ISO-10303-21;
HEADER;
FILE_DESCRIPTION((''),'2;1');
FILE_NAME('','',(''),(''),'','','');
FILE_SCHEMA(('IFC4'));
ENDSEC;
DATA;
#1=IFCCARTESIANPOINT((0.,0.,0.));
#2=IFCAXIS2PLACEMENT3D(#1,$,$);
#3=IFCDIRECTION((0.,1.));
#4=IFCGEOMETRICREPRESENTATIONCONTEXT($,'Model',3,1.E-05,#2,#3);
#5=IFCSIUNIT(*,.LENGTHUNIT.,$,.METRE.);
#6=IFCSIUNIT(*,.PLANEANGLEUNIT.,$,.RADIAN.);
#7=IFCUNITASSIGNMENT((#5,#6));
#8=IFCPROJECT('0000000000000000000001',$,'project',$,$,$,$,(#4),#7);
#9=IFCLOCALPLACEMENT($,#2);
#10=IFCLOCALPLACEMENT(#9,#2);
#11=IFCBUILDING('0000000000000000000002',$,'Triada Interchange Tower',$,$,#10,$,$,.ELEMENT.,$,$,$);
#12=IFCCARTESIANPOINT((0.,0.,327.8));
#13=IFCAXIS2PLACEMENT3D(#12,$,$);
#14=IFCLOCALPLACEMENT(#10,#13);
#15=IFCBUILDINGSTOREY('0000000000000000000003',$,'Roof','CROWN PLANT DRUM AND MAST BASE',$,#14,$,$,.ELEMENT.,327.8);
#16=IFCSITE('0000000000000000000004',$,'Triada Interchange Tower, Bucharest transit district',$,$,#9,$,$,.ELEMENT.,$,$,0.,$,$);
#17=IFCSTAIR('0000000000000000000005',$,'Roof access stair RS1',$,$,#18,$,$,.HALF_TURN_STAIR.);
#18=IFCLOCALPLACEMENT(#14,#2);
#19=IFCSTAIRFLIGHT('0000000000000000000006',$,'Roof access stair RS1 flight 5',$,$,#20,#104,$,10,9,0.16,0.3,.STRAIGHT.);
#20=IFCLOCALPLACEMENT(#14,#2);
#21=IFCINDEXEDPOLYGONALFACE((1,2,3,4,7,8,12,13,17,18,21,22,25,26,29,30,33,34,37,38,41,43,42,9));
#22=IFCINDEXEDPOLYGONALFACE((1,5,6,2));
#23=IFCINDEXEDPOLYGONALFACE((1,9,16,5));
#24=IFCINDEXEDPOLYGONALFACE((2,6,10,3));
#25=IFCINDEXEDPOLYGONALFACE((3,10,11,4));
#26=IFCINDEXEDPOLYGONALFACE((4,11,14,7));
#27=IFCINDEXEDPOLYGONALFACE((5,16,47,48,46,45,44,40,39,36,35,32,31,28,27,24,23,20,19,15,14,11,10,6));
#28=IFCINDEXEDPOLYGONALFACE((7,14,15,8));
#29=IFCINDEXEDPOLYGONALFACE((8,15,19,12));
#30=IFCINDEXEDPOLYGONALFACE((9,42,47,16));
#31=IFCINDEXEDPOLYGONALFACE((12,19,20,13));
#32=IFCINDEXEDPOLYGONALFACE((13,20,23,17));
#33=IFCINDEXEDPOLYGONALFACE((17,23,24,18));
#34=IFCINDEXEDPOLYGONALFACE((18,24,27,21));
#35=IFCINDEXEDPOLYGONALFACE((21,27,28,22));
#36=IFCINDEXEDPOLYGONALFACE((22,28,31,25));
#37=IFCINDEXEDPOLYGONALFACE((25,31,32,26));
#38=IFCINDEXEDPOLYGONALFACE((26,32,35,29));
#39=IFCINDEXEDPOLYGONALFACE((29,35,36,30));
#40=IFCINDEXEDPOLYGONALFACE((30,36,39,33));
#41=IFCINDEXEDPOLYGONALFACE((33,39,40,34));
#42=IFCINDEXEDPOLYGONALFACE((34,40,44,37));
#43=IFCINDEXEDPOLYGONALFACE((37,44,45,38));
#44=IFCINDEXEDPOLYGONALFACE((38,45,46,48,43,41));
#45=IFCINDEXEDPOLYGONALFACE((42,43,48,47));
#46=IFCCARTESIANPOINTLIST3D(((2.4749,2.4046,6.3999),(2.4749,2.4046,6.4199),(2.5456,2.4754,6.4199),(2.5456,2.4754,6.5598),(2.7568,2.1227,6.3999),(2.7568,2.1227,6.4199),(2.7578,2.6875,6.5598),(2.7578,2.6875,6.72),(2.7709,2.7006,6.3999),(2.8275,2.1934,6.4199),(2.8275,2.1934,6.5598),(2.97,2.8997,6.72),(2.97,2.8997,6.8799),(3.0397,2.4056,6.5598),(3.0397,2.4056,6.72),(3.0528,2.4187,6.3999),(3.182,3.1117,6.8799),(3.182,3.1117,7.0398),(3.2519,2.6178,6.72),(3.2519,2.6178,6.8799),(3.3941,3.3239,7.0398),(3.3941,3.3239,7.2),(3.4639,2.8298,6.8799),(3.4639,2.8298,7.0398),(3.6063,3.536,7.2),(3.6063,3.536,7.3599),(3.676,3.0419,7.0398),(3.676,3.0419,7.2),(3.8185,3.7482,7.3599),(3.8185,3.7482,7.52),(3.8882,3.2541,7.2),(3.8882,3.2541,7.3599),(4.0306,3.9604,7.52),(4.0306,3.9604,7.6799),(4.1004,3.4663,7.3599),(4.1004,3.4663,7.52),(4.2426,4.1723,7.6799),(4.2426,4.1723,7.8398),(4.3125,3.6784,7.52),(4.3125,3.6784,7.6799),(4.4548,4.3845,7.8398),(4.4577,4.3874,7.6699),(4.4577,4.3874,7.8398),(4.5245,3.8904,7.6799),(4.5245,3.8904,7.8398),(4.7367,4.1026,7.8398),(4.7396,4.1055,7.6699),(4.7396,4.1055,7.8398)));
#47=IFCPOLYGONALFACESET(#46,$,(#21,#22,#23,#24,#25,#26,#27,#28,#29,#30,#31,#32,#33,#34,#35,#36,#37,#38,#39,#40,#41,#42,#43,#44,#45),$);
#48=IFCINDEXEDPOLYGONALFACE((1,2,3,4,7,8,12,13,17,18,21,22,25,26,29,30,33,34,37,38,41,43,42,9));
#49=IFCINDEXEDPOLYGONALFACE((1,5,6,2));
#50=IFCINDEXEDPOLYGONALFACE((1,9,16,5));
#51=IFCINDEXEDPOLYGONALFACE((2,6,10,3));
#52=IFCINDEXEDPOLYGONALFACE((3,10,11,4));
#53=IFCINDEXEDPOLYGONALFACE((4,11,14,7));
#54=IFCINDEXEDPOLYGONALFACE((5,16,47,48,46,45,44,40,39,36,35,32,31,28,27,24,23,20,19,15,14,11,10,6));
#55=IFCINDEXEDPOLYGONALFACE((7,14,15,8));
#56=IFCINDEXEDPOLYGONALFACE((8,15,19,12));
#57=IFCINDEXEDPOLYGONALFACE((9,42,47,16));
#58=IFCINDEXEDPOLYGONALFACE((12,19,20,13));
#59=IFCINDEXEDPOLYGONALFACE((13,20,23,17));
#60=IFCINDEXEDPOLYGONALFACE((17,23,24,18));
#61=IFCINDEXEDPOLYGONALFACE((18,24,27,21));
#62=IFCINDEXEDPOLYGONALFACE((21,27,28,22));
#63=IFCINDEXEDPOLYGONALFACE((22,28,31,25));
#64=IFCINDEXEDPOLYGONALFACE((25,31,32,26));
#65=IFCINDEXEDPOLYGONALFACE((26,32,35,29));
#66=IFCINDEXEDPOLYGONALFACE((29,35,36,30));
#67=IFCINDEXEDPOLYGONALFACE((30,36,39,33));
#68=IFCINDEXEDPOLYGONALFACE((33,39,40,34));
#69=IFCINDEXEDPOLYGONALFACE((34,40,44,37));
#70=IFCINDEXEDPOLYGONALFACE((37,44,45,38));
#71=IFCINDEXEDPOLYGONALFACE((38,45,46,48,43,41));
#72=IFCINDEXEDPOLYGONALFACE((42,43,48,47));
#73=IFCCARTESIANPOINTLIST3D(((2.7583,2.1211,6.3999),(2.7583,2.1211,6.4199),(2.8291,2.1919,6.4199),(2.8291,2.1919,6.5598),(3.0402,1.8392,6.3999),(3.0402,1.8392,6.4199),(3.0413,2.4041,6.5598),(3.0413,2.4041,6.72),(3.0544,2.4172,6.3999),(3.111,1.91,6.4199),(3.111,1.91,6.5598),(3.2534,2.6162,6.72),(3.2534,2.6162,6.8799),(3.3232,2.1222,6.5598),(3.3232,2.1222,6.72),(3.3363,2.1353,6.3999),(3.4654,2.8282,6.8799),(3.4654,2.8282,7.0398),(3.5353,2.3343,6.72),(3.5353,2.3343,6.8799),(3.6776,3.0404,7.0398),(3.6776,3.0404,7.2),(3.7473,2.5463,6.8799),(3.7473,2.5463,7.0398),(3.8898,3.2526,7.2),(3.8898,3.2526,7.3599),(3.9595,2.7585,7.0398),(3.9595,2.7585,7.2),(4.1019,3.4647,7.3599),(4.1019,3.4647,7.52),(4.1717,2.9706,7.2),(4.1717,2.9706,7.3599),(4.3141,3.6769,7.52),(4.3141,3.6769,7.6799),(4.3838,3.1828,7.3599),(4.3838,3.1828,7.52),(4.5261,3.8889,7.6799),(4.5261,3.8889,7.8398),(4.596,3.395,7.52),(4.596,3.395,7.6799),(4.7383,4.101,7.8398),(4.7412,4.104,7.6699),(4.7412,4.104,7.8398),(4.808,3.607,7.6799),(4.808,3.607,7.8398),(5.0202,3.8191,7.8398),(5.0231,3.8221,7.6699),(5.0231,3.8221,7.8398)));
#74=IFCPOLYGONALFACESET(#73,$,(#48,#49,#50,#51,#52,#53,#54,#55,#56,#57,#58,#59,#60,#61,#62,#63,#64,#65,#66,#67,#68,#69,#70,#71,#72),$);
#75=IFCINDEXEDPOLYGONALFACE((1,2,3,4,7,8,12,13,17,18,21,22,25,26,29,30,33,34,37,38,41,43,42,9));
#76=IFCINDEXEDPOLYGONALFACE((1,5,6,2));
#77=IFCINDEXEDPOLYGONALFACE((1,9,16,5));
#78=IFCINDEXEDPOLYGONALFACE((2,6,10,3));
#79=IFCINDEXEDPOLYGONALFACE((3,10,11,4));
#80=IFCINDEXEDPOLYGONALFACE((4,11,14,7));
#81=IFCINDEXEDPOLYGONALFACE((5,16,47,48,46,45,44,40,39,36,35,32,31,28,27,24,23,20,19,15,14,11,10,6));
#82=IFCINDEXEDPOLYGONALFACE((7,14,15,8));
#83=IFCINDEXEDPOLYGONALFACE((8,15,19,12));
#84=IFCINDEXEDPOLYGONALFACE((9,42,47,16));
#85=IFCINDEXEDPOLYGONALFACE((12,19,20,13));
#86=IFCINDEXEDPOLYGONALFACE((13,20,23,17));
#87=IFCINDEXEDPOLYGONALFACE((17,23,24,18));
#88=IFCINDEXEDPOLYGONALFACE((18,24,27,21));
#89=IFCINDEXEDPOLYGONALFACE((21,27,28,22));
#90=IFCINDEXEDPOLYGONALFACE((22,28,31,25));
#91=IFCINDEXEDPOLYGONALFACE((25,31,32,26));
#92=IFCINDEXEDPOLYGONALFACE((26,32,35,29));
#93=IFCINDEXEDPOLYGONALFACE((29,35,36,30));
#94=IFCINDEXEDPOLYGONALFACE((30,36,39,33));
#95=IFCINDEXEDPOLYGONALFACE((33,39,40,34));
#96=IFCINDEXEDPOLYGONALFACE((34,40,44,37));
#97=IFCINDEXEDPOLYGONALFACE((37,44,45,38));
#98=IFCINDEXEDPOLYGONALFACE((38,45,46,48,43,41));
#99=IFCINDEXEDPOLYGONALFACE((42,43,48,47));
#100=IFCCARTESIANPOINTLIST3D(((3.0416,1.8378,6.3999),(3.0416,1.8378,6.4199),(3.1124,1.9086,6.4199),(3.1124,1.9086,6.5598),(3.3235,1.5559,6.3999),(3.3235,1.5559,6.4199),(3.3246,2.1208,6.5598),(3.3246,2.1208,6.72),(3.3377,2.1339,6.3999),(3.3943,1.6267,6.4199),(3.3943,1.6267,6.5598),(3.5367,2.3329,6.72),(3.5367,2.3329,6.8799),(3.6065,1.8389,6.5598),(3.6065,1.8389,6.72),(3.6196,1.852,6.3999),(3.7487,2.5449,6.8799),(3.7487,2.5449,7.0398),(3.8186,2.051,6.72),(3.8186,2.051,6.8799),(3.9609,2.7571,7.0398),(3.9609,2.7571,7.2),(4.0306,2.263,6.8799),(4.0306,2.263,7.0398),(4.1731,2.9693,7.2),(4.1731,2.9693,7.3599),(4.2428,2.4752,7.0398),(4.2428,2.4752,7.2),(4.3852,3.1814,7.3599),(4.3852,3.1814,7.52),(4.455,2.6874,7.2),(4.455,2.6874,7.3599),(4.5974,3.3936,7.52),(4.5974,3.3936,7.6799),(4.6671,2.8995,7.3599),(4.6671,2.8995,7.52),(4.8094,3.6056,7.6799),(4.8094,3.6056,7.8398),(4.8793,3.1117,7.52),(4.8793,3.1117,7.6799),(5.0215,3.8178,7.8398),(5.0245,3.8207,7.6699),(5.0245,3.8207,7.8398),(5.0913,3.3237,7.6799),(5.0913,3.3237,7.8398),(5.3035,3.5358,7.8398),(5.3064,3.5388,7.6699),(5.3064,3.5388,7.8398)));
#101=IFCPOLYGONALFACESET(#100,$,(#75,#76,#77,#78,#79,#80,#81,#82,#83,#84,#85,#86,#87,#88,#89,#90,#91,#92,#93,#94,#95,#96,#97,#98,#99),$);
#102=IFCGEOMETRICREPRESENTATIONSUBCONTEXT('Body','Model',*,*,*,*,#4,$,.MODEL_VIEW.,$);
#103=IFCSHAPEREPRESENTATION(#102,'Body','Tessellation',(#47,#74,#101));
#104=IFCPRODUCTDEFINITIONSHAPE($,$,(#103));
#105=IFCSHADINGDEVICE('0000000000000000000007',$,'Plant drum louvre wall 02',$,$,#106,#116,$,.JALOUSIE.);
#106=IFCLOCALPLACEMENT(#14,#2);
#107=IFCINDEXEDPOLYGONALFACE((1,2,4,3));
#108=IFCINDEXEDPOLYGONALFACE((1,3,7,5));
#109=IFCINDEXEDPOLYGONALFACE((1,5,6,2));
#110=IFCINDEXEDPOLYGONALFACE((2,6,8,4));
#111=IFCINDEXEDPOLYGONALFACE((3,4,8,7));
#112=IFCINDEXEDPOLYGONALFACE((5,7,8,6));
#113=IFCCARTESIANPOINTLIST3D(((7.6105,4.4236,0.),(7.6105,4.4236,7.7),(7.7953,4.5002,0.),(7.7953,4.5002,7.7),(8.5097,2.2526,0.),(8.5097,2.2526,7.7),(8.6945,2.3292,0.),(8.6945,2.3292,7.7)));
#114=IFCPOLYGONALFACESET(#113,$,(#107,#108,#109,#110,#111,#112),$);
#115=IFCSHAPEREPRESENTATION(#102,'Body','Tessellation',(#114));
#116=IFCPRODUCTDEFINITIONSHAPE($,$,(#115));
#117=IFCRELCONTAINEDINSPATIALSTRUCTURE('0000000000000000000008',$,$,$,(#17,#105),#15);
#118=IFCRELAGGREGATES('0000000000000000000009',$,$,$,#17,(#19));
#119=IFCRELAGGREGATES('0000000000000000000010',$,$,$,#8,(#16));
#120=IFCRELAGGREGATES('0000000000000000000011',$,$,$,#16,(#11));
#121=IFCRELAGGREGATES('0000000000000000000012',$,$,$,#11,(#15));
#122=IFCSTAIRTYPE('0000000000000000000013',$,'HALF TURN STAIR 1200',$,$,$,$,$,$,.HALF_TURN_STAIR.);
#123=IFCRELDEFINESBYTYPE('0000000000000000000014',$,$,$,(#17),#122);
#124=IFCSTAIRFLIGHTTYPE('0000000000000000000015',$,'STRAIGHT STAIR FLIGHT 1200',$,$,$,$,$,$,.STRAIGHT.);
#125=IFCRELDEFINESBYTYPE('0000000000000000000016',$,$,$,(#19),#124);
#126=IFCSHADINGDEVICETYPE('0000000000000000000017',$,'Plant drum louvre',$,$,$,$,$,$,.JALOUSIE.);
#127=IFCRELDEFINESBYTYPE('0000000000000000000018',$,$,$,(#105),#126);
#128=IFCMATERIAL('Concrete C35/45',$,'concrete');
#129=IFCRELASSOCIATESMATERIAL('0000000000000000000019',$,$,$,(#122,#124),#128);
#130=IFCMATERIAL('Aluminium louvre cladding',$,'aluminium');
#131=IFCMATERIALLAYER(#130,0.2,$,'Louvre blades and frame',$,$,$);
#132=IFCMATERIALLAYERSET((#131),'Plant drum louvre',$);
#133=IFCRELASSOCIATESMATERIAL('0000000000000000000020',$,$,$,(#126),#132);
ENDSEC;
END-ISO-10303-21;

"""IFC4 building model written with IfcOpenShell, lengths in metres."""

from ifc_helpers import new_model, si_unit, direction, frame, frame_2d, origin, place, context, subcontext, project, spatial, polyline, rectangle, outline, extrude, material, layer, layer_set, type_object, element, aggregate, save


model = new_model("IFC4")

# Units and contexts
model_context = context("Model", 3, precision=1e-05, world=origin(), true_north=direction((0.0, 1.0)))
body_context = subcontext(model_context, "Body", "Model", "MODEL_VIEW")
ifc_project = project(units=[si_unit("LENGTHUNIT", "METRE"), si_unit("PLANEANGLEUNIT", "RADIAN")], contexts=[model_context])

# Site, building, storey
site_placement = place(None, origin())
site = spatial("IfcSite", under=ifc_project, at=site_placement, Name="Triada Interchange Tower, Bucharest transit district", CompositionType="ELEMENT", RefElevation=0.0)
building_placement = place(site_placement, origin())
building = spatial("IfcBuilding", under=site, at=building_placement, Name="Triada Interchange Tower", CompositionType="ELEMENT")
storey_placement = place(building_placement, frame((0.0, 0.0, 327.8)))
storey = spatial("IfcBuildingStorey", under=building, at=storey_placement, Name="Roof", Description="CROWN PLANT DRUM AND MAST BASE", CompositionType="ELEMENT", Elevation=327.8)

# Stair, stair flight
ifc_material_1 = material(Name="Concrete C35/45", Category="concrete")
stair_type = type_object("IfcStairType", Name="HALF TURN STAIR 1200", PredefinedType="HALF_TURN_STAIR", material=ifc_material_1)
stair_placement = place(storey_placement, origin())
stair = element("IfcStair", 1, at=stair_placement, inside=storey, type_object=stair_type, Name="Roof access stair RS1", PredefinedType="HALF_TURN_STAIR")
stair_flight_type = type_object("IfcStairFlightType", Name="STRAIGHT STAIR FLIGHT 1200", PredefinedType="STRAIGHT", material=ifc_material_1)
stair_flight_1_placement = place(storey_placement, frame((2.97, 2.051, 6.3999), z_axis=(0.0, 0.0, 1.0), x_axis=(0.707107, 0.707107, 0.0)))
stair_flight_1 = element("IfcStairFlight", 2, at=stair_flight_1_placement, type_object=stair_flight_type, Name="Roof access stair RS1 flight 5", NumberOfRisers=10, NumberOfTreads=9, PredefinedType="STRAIGHT", RiserHeight=0.16, TreadLength=0.3, context=body_context, shape_type="SweptSolid", body=[
    extrude(outline(polyline([(-0.1001, 0.0), (-0.1001, 0.02), (0.0, 0.02), (0.0, 0.1599), (0.3, 0.1599), (0.3, 0.3201), (0.6001, 0.3201), (0.6001, 0.48), (0.8999, 0.48), (0.8999, 0.6399), (1.2, 0.6399), (1.2, 0.8), (1.5, 0.8), (1.5, 0.96), (1.8, 0.96), (1.8, 1.1201), (2.1001, 1.1201), (2.1001, 1.28), (2.3999, 1.28), (2.3999, 1.4399), (2.7, 1.4399), (2.7041, 1.4399), (2.7041, 1.6001), (2.7041, 1.27), (0.3186, 0.0), (-0.1001, 0.0)])), frame((0.0, 0.6001, 0.0), z_axis=(0.0, -1.0, 0.0), x_axis=(1.0, 0.0, 0.0)), (0.0, 0.0, 1.0), 0.3987),
    extrude(outline(polyline([(-0.1001, 0.0), (-0.1001, 0.02), (0.0, 0.02), (0.0, 0.1599), (0.3, 0.1599), (0.3, 0.3201), (0.6001, 0.3201), (0.6001, 0.48), (0.8999, 0.48), (0.8999, 0.6399), (1.2, 0.6399), (1.2, 0.8), (1.5, 0.8), (1.5, 0.96), (1.8, 0.96), (1.8, 1.1201), (2.1001, 1.1201), (2.1001, 1.28), (2.3999, 1.28), (2.3999, 1.4399), (2.7, 1.4399), (2.7041, 1.4399), (2.7041, 1.6001), (2.7041, 1.27), (0.3186, 0.0), (-0.1001, 0.0)])), frame((0.0, 0.1992, 0.0), z_axis=(0.0, -1.0, 0.0), x_axis=(1.0, 0.0, 0.0)), (0.0, 0.0, 1.0), 0.3987),
    extrude(outline(polyline([(-0.1001, 0.0), (-0.1001, 0.02), (0.0, 0.02), (0.0, 0.1599), (0.3, 0.1599), (0.3, 0.3201), (0.6001, 0.3201), (0.6001, 0.48), (0.8999, 0.48), (0.8999, 0.6399), (1.2, 0.6399), (1.2, 0.8), (1.5, 0.8), (1.5, 0.96), (1.8, 0.96), (1.8, 1.1201), (2.1001, 1.1201), (2.1001, 1.28), (2.3999, 1.28), (2.3999, 1.4399), (2.7, 1.4399), (2.7041, 1.4399), (2.7041, 1.6001), (2.7041, 1.27), (0.3186, 0.0), (-0.1001, 0.0)])), frame((0.0, -0.2014, 0.0), z_axis=(0.0, -1.0, 0.0), x_axis=(1.0, 0.0, 0.0)), (0.0, 0.0, 1.0), 0.3987),
])

# Shading device
ifc_material_2 = material(Name="Aluminium louvre cladding", Category="aluminium")
ifc_layer_1 = layer(ifc_material_2, 0.2, Name="Louvre blades and frame")
ifc_layer_set_1 = layer_set([ifc_layer_1], Name="Plant drum louvre")
shading_device_type = type_object("IfcShadingDeviceType", Name="Plant drum louvre", PredefinedType="JALOUSIE", material=ifc_layer_set_1)
shading_device_placement = place(storey_placement, frame((8.6021, 2.291, 0.0), z_axis=(0.0, 0.0, 1.0), x_axis=(-0.382667, 0.923886, 0.0)))
element("IfcShadingDevice", 3, at=shading_device_placement, inside=storey, type_object=shading_device_type, Name="Plant drum louvre wall 02", PredefinedType="JALOUSIE", context=body_context, shape_type="SweptSolid", body=[
    extrude(rectangle(XDim=2.3499, YDim=0.2, at=frame_2d((1.1748, 0.0))), origin(), (0.0, 0.0, 1.0), 7.7),
])

aggregate(stair, [stair_flight_1])

save(model, "model.ifc")
